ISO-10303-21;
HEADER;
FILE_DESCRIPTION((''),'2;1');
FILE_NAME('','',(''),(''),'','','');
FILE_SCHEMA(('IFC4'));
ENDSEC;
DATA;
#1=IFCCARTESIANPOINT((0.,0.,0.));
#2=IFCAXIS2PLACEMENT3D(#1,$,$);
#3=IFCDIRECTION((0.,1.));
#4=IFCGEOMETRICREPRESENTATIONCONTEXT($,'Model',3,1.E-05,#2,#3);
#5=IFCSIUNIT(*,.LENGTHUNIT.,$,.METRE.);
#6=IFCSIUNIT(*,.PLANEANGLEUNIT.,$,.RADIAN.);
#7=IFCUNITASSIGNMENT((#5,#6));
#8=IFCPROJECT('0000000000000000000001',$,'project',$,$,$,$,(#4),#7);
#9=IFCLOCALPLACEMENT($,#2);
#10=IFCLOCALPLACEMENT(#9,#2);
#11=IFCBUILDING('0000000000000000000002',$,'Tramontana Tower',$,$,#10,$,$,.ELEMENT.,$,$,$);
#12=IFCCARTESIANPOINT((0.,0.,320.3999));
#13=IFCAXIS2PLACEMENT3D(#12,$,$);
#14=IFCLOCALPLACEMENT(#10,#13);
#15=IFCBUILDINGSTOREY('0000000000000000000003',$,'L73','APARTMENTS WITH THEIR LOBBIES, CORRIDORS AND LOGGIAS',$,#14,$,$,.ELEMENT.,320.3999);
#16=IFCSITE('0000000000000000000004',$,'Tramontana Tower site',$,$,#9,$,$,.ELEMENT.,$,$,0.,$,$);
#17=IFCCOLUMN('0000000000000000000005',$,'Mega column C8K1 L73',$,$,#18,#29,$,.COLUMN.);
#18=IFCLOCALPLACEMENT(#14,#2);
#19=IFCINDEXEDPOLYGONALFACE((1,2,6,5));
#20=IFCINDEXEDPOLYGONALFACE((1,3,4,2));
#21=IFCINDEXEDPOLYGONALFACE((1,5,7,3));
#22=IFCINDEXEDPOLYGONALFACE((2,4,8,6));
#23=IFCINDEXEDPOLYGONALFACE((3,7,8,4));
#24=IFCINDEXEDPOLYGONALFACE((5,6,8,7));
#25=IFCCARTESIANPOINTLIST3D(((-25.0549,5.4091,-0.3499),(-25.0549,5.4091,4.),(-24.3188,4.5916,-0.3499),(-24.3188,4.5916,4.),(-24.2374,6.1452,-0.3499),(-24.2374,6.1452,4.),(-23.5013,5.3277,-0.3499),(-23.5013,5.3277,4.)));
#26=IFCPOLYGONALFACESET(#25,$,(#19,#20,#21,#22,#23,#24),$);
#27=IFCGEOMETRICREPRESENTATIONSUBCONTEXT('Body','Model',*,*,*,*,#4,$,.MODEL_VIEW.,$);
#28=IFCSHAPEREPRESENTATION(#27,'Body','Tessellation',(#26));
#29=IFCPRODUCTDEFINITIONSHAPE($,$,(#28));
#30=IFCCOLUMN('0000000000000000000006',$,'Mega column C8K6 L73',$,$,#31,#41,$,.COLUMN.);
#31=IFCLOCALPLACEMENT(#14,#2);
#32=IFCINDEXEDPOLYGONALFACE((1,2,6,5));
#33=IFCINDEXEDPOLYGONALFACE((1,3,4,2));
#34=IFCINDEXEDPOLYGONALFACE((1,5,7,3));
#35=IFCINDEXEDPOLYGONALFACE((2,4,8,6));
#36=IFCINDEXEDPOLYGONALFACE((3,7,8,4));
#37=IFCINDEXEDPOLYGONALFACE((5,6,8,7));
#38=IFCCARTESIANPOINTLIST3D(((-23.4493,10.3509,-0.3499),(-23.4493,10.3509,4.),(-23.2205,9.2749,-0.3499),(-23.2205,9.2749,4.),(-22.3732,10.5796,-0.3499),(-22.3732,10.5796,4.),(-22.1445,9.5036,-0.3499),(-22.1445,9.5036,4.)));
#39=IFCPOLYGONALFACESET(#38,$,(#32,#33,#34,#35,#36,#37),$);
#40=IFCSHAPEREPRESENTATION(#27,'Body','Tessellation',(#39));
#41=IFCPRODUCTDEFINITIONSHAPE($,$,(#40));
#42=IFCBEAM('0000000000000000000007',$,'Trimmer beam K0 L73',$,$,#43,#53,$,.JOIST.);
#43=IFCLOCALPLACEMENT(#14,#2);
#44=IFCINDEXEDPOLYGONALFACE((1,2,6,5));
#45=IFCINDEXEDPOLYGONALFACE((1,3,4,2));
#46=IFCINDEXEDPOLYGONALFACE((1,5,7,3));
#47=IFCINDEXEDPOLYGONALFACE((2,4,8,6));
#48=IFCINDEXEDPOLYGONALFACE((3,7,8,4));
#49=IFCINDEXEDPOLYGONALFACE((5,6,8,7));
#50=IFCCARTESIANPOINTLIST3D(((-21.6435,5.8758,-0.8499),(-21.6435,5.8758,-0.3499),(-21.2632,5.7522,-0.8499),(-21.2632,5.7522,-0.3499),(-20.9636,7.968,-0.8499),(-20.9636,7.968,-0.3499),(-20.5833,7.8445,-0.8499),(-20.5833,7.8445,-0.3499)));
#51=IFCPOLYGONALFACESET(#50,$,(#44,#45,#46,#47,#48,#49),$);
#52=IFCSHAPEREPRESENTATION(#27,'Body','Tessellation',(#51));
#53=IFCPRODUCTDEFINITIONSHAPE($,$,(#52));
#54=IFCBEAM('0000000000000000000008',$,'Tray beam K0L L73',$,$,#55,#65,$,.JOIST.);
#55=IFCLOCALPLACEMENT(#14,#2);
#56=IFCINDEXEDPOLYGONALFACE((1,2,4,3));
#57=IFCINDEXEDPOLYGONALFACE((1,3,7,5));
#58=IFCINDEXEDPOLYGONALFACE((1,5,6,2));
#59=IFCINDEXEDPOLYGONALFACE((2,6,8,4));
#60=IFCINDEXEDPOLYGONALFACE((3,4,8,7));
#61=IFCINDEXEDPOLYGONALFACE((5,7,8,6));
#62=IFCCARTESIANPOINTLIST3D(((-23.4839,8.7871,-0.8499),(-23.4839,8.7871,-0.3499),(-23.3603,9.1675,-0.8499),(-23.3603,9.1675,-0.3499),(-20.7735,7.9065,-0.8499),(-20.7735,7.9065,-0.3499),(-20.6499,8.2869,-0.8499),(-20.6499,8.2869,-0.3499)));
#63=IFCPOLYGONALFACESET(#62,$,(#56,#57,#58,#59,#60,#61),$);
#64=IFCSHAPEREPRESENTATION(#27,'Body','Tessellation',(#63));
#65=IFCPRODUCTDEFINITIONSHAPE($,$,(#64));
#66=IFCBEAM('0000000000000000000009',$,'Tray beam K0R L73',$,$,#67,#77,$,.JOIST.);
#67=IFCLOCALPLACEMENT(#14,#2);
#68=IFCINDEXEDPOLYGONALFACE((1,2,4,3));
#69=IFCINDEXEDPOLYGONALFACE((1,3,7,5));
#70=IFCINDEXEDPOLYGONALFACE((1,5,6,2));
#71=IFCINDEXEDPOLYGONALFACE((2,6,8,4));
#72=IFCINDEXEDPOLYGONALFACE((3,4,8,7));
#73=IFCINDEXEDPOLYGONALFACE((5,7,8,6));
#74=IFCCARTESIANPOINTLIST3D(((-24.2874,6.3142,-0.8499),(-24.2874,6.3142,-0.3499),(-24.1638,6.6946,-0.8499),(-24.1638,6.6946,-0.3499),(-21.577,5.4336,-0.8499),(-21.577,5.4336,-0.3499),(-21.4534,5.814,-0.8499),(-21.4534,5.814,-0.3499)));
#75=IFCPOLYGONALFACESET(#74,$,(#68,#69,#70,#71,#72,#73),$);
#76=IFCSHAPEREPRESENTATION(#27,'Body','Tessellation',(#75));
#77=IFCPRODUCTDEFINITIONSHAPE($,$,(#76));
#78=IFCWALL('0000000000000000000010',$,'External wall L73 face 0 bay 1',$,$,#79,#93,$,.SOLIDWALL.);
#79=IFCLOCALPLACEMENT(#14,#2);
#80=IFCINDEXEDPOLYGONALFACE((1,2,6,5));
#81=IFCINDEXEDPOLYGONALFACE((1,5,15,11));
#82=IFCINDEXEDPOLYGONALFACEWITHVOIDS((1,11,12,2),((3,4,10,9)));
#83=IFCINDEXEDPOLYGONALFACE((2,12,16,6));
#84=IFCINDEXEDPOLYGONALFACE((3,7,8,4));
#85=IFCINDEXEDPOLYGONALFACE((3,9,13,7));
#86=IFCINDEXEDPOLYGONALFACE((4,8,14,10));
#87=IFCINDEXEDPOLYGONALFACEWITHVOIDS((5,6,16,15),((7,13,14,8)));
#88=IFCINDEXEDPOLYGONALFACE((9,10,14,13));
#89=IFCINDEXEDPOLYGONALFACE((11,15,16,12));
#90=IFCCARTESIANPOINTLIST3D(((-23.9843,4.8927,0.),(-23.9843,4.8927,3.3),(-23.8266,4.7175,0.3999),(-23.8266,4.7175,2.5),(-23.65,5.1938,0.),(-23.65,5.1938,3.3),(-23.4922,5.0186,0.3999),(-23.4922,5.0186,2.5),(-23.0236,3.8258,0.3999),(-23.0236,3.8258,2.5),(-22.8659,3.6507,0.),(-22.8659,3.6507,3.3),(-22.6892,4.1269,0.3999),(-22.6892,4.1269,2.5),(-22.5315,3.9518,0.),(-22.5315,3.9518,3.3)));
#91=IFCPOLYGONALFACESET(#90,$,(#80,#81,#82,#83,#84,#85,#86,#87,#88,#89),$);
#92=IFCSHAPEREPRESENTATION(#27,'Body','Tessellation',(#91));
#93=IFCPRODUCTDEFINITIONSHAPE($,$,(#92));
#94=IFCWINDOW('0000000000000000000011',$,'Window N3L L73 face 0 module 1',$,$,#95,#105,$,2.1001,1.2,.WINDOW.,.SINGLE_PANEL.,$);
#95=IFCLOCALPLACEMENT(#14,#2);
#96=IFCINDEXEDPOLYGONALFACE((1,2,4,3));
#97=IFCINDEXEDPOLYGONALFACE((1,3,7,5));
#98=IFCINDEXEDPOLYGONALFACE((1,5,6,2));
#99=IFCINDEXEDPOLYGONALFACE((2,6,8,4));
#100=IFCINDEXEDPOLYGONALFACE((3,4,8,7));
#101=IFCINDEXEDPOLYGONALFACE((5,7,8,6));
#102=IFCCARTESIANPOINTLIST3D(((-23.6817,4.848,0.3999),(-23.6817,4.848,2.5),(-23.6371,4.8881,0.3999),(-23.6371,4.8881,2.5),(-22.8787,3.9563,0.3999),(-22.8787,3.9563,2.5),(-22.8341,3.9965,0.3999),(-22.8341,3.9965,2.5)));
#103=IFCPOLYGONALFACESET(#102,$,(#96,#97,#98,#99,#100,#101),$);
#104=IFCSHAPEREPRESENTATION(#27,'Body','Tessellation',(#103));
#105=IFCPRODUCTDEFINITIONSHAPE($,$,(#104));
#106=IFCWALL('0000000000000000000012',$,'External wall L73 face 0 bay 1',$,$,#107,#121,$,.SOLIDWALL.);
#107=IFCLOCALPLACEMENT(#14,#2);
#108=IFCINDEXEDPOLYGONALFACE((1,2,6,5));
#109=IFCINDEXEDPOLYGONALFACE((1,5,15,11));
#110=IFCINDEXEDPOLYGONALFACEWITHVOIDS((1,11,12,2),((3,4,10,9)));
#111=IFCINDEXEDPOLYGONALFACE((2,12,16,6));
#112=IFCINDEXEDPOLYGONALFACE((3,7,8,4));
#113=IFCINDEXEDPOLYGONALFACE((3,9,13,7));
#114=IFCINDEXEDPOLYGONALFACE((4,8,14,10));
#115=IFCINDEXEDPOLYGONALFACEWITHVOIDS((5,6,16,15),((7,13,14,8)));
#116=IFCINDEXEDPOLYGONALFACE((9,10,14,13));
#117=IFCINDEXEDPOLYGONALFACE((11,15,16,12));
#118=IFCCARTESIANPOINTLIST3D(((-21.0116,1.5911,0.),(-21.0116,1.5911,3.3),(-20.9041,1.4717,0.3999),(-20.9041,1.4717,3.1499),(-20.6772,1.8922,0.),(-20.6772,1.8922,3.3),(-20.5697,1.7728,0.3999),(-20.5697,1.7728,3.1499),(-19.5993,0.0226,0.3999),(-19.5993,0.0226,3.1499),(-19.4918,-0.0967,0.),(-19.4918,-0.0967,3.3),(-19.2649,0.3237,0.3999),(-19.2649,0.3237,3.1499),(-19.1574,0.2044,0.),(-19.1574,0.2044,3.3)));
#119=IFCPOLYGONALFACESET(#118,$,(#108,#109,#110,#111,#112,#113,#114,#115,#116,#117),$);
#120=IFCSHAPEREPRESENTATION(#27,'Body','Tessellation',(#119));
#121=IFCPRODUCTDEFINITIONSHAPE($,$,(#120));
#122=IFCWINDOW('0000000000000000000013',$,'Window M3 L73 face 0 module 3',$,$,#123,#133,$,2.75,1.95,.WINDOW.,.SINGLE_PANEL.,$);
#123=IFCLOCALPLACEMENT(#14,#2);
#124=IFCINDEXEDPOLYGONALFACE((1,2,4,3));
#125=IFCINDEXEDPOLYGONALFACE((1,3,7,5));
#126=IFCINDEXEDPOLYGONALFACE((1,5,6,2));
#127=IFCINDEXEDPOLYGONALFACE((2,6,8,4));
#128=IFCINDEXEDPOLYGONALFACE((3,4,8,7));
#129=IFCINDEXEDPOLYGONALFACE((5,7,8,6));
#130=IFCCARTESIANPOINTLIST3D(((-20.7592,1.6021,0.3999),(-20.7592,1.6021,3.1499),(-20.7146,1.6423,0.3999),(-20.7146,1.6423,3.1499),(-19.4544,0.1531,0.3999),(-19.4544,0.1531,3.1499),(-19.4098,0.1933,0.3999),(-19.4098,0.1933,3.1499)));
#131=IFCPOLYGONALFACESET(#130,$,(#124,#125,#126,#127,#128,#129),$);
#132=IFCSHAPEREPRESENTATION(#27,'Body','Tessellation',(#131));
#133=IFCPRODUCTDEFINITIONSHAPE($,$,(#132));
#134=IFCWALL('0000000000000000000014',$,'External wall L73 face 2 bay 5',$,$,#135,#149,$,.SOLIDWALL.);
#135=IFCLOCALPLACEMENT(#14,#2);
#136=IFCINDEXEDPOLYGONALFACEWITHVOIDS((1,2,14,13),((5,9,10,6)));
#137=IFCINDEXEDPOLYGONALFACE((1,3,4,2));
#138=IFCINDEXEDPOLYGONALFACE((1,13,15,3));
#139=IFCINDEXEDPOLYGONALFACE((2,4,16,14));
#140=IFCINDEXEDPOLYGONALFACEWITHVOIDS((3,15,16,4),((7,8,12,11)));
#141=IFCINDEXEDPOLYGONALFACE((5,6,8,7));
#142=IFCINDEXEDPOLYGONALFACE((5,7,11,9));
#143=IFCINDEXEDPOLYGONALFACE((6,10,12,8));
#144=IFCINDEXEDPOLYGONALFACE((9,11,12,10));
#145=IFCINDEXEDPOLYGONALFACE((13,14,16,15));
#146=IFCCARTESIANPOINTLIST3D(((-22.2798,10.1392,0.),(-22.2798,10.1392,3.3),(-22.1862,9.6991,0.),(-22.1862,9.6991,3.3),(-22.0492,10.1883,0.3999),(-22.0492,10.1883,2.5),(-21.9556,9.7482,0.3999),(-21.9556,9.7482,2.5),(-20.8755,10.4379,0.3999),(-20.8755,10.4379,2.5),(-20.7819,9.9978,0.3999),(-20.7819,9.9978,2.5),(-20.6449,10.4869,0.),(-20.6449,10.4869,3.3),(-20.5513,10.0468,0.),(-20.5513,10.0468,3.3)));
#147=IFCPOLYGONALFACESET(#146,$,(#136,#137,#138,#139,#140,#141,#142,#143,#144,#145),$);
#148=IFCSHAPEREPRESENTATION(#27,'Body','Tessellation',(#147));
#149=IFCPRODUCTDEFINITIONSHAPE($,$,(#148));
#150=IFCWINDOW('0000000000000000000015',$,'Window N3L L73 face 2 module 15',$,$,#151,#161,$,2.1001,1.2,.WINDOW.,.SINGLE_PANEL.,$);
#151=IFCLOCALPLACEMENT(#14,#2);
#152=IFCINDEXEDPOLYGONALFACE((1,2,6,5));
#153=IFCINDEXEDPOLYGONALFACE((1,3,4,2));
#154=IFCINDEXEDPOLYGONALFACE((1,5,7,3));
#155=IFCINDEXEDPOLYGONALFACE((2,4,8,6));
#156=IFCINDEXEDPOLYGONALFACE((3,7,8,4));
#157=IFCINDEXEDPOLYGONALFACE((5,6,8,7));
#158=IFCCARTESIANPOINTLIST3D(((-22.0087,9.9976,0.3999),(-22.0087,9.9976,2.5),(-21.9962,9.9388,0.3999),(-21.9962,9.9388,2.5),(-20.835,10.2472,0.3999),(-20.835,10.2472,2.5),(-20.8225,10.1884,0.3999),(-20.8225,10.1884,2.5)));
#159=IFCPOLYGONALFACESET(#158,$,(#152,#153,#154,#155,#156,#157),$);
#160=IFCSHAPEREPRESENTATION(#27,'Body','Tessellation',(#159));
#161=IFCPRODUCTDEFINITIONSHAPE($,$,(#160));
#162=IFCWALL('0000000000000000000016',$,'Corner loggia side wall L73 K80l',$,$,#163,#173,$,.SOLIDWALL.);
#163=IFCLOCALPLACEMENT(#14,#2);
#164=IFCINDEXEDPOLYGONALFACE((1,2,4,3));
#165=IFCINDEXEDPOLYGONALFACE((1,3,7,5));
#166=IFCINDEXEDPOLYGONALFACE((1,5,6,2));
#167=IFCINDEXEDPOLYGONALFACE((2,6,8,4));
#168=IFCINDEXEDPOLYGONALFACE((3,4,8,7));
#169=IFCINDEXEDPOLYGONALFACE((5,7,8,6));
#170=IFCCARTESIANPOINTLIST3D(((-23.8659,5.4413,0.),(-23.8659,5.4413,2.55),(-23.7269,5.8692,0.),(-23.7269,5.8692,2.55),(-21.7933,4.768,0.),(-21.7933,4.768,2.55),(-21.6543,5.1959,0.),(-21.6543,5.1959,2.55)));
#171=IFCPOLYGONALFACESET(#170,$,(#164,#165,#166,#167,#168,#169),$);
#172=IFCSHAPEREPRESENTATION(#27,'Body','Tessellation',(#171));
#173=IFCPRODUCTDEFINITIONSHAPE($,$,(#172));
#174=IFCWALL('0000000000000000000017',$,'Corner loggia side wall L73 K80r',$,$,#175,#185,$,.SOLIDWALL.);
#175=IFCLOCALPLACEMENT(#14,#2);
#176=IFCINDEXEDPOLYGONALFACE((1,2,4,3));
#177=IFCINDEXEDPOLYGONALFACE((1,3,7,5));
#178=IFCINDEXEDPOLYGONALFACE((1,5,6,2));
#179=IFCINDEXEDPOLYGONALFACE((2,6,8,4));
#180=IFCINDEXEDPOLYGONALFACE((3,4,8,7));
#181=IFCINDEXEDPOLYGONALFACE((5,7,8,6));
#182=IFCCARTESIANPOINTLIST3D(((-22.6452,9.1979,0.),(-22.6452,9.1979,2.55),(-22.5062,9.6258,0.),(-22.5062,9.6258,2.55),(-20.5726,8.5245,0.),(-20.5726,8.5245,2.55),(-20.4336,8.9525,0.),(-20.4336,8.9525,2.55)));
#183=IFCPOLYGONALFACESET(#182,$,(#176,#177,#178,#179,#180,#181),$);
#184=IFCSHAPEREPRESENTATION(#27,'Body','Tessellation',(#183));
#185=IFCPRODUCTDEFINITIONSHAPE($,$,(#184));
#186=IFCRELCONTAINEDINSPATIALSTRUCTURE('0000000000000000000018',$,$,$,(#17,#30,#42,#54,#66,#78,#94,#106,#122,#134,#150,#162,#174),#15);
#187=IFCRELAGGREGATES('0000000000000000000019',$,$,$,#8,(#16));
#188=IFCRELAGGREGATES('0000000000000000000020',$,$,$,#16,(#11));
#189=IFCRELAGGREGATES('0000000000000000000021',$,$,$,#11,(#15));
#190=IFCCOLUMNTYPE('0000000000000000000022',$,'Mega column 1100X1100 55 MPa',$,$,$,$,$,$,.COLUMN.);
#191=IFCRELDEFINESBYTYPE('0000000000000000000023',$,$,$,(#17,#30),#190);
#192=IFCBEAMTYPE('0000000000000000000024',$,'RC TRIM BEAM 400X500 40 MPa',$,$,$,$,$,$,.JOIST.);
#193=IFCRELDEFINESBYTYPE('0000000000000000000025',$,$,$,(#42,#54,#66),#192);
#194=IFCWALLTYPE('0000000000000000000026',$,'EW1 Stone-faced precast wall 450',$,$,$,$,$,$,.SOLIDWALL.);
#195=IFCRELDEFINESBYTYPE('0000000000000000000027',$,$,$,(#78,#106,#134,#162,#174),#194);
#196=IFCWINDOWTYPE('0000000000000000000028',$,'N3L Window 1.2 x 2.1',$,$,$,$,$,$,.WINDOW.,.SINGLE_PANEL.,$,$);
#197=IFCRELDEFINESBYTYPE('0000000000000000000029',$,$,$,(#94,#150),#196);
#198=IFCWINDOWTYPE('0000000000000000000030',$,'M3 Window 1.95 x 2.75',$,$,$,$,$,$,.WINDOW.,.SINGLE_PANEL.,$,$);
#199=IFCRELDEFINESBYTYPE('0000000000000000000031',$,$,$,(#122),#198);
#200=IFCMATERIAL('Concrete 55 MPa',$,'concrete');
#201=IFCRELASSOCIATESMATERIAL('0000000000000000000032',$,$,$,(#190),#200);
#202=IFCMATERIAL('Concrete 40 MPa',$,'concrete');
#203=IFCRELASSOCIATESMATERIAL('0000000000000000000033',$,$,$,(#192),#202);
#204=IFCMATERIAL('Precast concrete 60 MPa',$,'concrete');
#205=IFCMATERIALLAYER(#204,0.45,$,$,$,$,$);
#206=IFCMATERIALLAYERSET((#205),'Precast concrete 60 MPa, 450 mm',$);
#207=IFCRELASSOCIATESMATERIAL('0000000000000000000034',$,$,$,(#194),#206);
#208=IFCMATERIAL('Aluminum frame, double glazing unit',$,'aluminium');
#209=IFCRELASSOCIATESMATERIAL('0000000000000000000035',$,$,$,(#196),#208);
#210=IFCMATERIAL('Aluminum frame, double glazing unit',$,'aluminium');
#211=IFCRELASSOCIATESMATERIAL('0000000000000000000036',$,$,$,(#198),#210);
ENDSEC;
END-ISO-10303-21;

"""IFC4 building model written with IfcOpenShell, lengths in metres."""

from ifc_helpers import new_model, si_unit, direction, frame, frame_2d, origin, origin_2d, place, context, subcontext, project, spatial, rectangle, extrude, material, layer, layer_set, material_profile, profile_set, type_object, element, fill, save


model = new_model("IFC4")

# Units and contexts
model_context = context("Model", 3, precision=1e-05, world=origin(), true_north=direction((0.0, 1.0)))
body_context = subcontext(model_context, "Body", "Model", "MODEL_VIEW")
ifc_project = project(units=[si_unit("LENGTHUNIT", "METRE"), si_unit("PLANEANGLEUNIT", "RADIAN")], contexts=[model_context])

# Site, building, storey
site_placement = place(None, origin())
site = spatial("IfcSite", under=ifc_project, at=site_placement, Name="Tramontana Tower site", CompositionType="ELEMENT", RefElevation=0.0)
building_placement = place(site_placement, origin())
building = spatial("IfcBuilding", under=site, at=building_placement, Name="Tramontana Tower", CompositionType="ELEMENT")
storey_placement = place(building_placement, frame((0.0, 0.0, 320.3999)))
storey = spatial("IfcBuildingStorey", under=building, at=storey_placement, Name="L73", Description="APARTMENTS WITH THEIR LOBBIES, CORRIDORS AND LOGGIAS", CompositionType="ELEMENT", Elevation=320.3999)

# Columns
ifc_material_1 = material(Name="Concrete 55 MPa", Category="concrete")
ifc_material_profile_1 = material_profile(ifc_material_1, rectangle(XDim=1.1001, YDim=1.1001, at=origin_2d()), Name="Mega column 1100X1100 55 MPa")
ifc_profile_set_1 = profile_set([ifc_material_profile_1], Name="Concrete 55 MPa")
column_type = type_object("IfcColumnType", Name="Mega column 1100X1100 55 MPa", PredefinedType="COLUMN", material=ifc_profile_set_1)
for number, where, z_axis, x_axis, name in (
    (1, (-24.2781, 5.3684, -0.3499), (0.0, 0.0, 1.0), (0.669131, -0.743145, 0.0), "Mega column C8K1 L73"),
    (2, (-22.7969, 9.9272, -0.3499), (0.0, 0.0, 1.0), (-0.978148, -0.207912, 0.0), "Mega column C8K6 L73"),
):
    element("IfcColumn", number, at=place(storey_placement, frame(where, z_axis=z_axis, x_axis=x_axis)), inside=storey, type_object=column_type, Name=name, PredefinedType="COLUMN", context=body_context, shape_type="SweptSolid", body=[
        extrude(rectangle(XDim=1.1001, YDim=1.1001, at=origin_2d()), origin(), (0.0, 0.0, 1.0), 4.3499),
    ])

# Beams
ifc_material_2 = material(Name="Concrete 40 MPa", Category="concrete")
ifc_material_profile_2 = material_profile(ifc_material_2, rectangle(XDim=0.3999, YDim=0.5, at=origin_2d()), Name="RC TRIM BEAM 400X500 40 MPa")
ifc_profile_set_2 = profile_set([ifc_material_profile_2], Name="Concrete 40 MPa")
beam_type = type_object("IfcBeamType", Name="RC TRIM BEAM 400X500 40 MPa", PredefinedType="JOIST", material=ifc_profile_set_2)
beam_placement = place(storey_placement, frame((-20.7734, 7.9062, -0.5999), z_axis=(-0.309061, -0.951042, 0.0), x_axis=(0.951042, -0.309061, 0.0)))
element("IfcBeam", 3, at=beam_placement, inside=storey, type_object=beam_type, Name="Trimmer beam K0 L73", PredefinedType="JOIST", context=body_context, shape_type="SweptSolid", body=[
    extrude(rectangle(XDim=0.3999, YDim=0.5, at=origin_2d()), origin(), (0.0, 0.0, 1.0), 2.2),
])
for number, where, z_axis, x_axis, name in (
    (4, (-23.4221, 8.9773, -0.5999), (0.951063, -0.308997, 0.0), (0.308997, 0.951063, 0.0), "Tray beam K0L L73"),
    (5, (-24.2256, 6.5044, -0.5999), (0.951063, -0.308997, 0.0), (0.308997, 0.951063, 0.0), "Tray beam K0R L73"),
):
    element("IfcBeam", number, at=place(storey_placement, frame(where, z_axis=z_axis, x_axis=x_axis)), inside=storey, type_object=beam_type, Name=name, PredefinedType="JOIST", context=body_context, shape_type="SweptSolid", body=[
        extrude(rectangle(XDim=0.3999, YDim=0.5, at=origin_2d()), origin(), (0.0, 0.0, 1.0), 2.8499),
    ])

# Walls, openings, windows
ifc_material_3 = material(Name="Precast concrete 60 MPa", Category="concrete")
ifc_layer_1 = layer(ifc_material_3, 0.45)
ifc_layer_set_1 = layer_set([ifc_layer_1], Name="Precast concrete 60 MPa, 450 mm")
wall_type_1 = type_object("IfcWallType", Name="EW1 Stone-faced precast wall 450", PredefinedType="SOLIDWALL", material=ifc_layer_set_1)
wall_1_placement = place(storey_placement, frame((-23.8171, 5.0432, 0.0), z_axis=(0.0, 0.0, 1.0), x_axis=(0.669183, -0.743098, 0.0)))
wall_1 = element("IfcWall", 6, at=wall_1_placement, inside=storey, type_object=wall_type_1, Name="External wall L73 face 0 bay 1", PredefinedType="SOLIDWALL", context=body_context, shape_type="SweptSolid", body=[
    extrude(rectangle(XDim=1.6714, YDim=0.45, at=frame_2d((0.8357, 0.0))), origin(), (0.0, 0.0, 1.0), 3.3),
])
opening_1_placement = place(wall_1_placement, frame((0.2356, 0.0, 0.3999)))
opening_1 = element("IfcOpeningElement", 7, at=opening_1_placement, cuts=wall_1, PredefinedType="OPENING", context=body_context, shape_type="SweptSolid", body=[
    extrude(rectangle(XDim=1.2, YDim=2.1001, at=frame_2d((0.6001, 1.05))), frame((0.0, 0.2349, 0.0), z_axis=(0.0, -1.0, 0.0), x_axis=(1.0, 0.0, 0.0)), (0.0, 0.0, 1.0), 0.47),
])
ifc_material_4 = material(Name="Aluminum frame, double glazing unit", Category="aluminium")
window_type_1 = type_object("IfcWindowType", Name="N3L Window 1.2 x 2.1", PartitioningType="SINGLE_PANEL", PredefinedType="WINDOW", material=ifc_material_4)
window_1_placement = place(opening_1_placement, origin())
window_1 = element("IfcWindow", 8, at=window_1_placement, inside=storey, type_object=window_type_1, Name="Window N3L L73 face 0 module 1", OverallHeight=2.1001, OverallWidth=1.2, PartitioningType="SINGLE_PANEL", PredefinedType="WINDOW", context=body_context, shape_type="SweptSolid", body=[
    extrude(rectangle(XDim=1.2, YDim=2.1001, at=frame_2d((0.6001, 1.05))), frame((0.0, 0.03, 0.0), z_axis=(0.0, -1.0, 0.0), x_axis=(1.0, 0.0, 0.0)), (0.0, 0.0, 1.0), 0.0601),
])
fill(opening_1, window_1)
wall_2_placement = place(storey_placement, frame((-20.8445, 1.7417, 0.0), z_axis=(0.0, 0.0, 1.0), x_axis=(0.669161, -0.743118, 0.0)))
wall_2 = element("IfcWall", 9, at=wall_2_placement, inside=storey, type_object=wall_type_1, Name="External wall L73 face 0 bay 1", PredefinedType="SOLIDWALL", context=body_context, shape_type="SweptSolid", body=[
    extrude(rectangle(XDim=2.2712, YDim=0.45, at=frame_2d((1.1357, 0.0))), origin(), (0.0, 0.0, 1.0), 3.3),
])
opening_2_placement = place(wall_2_placement, frame((0.1606, 0.0, 0.3999)))
opening_2 = element("IfcOpeningElement", 10, at=opening_2_placement, cuts=wall_2, PredefinedType="OPENING", context=body_context, shape_type="SweptSolid", body=[
    extrude(rectangle(XDim=1.95, YDim=2.75, at=frame_2d((0.9751, 1.375))), frame((0.0, 0.2349, 0.0), z_axis=(0.0, -1.0, 0.0), x_axis=(1.0, 0.0, 0.0)), (0.0, 0.0, 1.0), 0.47),
])
ifc_material_5 = material(Name="Aluminum frame, double glazing unit", Category="aluminium")
window_type_2 = type_object("IfcWindowType", Name="M3 Window 1.95 x 2.75", PartitioningType="SINGLE_PANEL", PredefinedType="WINDOW", material=ifc_material_5)
window_2_placement = place(opening_2_placement, origin())
window_2 = element("IfcWindow", 11, at=window_2_placement, inside=storey, type_object=window_type_2, Name="Window M3 L73 face 0 module 3", OverallHeight=2.75, OverallWidth=1.95, PartitioningType="SINGLE_PANEL", PredefinedType="WINDOW", context=body_context, shape_type="SweptSolid", body=[
    extrude(rectangle(XDim=1.95, YDim=2.75, at=frame_2d((0.9751, 1.375))), frame((0.0, 0.03, 0.0), z_axis=(0.0, -1.0, 0.0), x_axis=(1.0, 0.0, 0.0)), (0.0, 0.0, 1.0), 0.0601),
])
fill(opening_2, window_2)
wall_3_placement = place(storey_placement, frame((-20.5981, 10.2668, 0.0), z_axis=(0.0, 0.0, 1.0), x_axis=(-0.978126, -0.208012, 0.0)))
wall_3 = element("IfcWall", 12, at=wall_3_placement, inside=storey, type_object=wall_type_1, Name="External wall L73 face 2 bay 5", PredefinedType="SOLIDWALL", context=body_context, shape_type="SweptSolid", body=[
    extrude(rectangle(XDim=1.6714, YDim=0.45, at=frame_2d((0.8357, 0.0))), origin(), (0.0, 0.0, 1.0), 3.3),
])
opening_3_placement = place(wall_3_placement, frame((0.2356, 0.0, 0.3999)))
opening_3 = element("IfcOpeningElement", 13, at=opening_3_placement, cuts=wall_3, PredefinedType="OPENING", context=body_context, shape_type="SweptSolid", body=[
    extrude(rectangle(XDim=1.2, YDim=2.1001, at=frame_2d((0.6001, 1.05))), frame((0.0, 0.2349, 0.0), z_axis=(0.0, -1.0, 0.0), x_axis=(1.0, 0.0, 0.0)), (0.0, 0.0, 1.0), 0.47),
])
window_3_placement = place(opening_3_placement, origin())
window_3 = element("IfcWindow", 14, at=window_3_placement, inside=storey, type_object=window_type_1, Name="Window N3L L73 face 2 module 15", OverallHeight=2.1001, OverallWidth=1.2, PartitioningType="SINGLE_PANEL", PredefinedType="WINDOW", context=body_context, shape_type="SweptSolid", body=[
    extrude(rectangle(XDim=1.2, YDim=2.1001, at=frame_2d((0.6001, 1.05))), frame((0.0, 0.03, 0.0), z_axis=(0.0, -1.0, 0.0), x_axis=(1.0, 0.0, 0.0)), (0.0, 0.0, 1.0), 0.0601),
])
fill(opening_3, window_3)

# Walls
for number, where, z_axis, x_axis, name in (
    (15, (-23.7964, 5.6553, 0.0), (0.0, 0.0, 1.0), (0.951065, -0.308992, 0.0), "Corner loggia side wall L73 K80l"),
    (16, (-22.5757, 9.4119, 0.0), (0.0, 0.0, 1.0), (0.951065, -0.308992, 0.0), "Corner loggia side wall L73 K80r"),
):
    element("IfcWall", number, at=place(storey_placement, frame(where, z_axis=z_axis, x_axis=x_axis)), inside=storey, type_object=wall_type_1, Name=name, PredefinedType="SOLIDWALL", context=body_context, shape_type="SweptSolid", body=[
        extrude(rectangle(XDim=2.1792, YDim=0.45, at=frame_2d((1.0896, 0.0))), origin(), (0.0, 0.0, 1.0), 2.55),
    ])

save(model, "model.ifc")
